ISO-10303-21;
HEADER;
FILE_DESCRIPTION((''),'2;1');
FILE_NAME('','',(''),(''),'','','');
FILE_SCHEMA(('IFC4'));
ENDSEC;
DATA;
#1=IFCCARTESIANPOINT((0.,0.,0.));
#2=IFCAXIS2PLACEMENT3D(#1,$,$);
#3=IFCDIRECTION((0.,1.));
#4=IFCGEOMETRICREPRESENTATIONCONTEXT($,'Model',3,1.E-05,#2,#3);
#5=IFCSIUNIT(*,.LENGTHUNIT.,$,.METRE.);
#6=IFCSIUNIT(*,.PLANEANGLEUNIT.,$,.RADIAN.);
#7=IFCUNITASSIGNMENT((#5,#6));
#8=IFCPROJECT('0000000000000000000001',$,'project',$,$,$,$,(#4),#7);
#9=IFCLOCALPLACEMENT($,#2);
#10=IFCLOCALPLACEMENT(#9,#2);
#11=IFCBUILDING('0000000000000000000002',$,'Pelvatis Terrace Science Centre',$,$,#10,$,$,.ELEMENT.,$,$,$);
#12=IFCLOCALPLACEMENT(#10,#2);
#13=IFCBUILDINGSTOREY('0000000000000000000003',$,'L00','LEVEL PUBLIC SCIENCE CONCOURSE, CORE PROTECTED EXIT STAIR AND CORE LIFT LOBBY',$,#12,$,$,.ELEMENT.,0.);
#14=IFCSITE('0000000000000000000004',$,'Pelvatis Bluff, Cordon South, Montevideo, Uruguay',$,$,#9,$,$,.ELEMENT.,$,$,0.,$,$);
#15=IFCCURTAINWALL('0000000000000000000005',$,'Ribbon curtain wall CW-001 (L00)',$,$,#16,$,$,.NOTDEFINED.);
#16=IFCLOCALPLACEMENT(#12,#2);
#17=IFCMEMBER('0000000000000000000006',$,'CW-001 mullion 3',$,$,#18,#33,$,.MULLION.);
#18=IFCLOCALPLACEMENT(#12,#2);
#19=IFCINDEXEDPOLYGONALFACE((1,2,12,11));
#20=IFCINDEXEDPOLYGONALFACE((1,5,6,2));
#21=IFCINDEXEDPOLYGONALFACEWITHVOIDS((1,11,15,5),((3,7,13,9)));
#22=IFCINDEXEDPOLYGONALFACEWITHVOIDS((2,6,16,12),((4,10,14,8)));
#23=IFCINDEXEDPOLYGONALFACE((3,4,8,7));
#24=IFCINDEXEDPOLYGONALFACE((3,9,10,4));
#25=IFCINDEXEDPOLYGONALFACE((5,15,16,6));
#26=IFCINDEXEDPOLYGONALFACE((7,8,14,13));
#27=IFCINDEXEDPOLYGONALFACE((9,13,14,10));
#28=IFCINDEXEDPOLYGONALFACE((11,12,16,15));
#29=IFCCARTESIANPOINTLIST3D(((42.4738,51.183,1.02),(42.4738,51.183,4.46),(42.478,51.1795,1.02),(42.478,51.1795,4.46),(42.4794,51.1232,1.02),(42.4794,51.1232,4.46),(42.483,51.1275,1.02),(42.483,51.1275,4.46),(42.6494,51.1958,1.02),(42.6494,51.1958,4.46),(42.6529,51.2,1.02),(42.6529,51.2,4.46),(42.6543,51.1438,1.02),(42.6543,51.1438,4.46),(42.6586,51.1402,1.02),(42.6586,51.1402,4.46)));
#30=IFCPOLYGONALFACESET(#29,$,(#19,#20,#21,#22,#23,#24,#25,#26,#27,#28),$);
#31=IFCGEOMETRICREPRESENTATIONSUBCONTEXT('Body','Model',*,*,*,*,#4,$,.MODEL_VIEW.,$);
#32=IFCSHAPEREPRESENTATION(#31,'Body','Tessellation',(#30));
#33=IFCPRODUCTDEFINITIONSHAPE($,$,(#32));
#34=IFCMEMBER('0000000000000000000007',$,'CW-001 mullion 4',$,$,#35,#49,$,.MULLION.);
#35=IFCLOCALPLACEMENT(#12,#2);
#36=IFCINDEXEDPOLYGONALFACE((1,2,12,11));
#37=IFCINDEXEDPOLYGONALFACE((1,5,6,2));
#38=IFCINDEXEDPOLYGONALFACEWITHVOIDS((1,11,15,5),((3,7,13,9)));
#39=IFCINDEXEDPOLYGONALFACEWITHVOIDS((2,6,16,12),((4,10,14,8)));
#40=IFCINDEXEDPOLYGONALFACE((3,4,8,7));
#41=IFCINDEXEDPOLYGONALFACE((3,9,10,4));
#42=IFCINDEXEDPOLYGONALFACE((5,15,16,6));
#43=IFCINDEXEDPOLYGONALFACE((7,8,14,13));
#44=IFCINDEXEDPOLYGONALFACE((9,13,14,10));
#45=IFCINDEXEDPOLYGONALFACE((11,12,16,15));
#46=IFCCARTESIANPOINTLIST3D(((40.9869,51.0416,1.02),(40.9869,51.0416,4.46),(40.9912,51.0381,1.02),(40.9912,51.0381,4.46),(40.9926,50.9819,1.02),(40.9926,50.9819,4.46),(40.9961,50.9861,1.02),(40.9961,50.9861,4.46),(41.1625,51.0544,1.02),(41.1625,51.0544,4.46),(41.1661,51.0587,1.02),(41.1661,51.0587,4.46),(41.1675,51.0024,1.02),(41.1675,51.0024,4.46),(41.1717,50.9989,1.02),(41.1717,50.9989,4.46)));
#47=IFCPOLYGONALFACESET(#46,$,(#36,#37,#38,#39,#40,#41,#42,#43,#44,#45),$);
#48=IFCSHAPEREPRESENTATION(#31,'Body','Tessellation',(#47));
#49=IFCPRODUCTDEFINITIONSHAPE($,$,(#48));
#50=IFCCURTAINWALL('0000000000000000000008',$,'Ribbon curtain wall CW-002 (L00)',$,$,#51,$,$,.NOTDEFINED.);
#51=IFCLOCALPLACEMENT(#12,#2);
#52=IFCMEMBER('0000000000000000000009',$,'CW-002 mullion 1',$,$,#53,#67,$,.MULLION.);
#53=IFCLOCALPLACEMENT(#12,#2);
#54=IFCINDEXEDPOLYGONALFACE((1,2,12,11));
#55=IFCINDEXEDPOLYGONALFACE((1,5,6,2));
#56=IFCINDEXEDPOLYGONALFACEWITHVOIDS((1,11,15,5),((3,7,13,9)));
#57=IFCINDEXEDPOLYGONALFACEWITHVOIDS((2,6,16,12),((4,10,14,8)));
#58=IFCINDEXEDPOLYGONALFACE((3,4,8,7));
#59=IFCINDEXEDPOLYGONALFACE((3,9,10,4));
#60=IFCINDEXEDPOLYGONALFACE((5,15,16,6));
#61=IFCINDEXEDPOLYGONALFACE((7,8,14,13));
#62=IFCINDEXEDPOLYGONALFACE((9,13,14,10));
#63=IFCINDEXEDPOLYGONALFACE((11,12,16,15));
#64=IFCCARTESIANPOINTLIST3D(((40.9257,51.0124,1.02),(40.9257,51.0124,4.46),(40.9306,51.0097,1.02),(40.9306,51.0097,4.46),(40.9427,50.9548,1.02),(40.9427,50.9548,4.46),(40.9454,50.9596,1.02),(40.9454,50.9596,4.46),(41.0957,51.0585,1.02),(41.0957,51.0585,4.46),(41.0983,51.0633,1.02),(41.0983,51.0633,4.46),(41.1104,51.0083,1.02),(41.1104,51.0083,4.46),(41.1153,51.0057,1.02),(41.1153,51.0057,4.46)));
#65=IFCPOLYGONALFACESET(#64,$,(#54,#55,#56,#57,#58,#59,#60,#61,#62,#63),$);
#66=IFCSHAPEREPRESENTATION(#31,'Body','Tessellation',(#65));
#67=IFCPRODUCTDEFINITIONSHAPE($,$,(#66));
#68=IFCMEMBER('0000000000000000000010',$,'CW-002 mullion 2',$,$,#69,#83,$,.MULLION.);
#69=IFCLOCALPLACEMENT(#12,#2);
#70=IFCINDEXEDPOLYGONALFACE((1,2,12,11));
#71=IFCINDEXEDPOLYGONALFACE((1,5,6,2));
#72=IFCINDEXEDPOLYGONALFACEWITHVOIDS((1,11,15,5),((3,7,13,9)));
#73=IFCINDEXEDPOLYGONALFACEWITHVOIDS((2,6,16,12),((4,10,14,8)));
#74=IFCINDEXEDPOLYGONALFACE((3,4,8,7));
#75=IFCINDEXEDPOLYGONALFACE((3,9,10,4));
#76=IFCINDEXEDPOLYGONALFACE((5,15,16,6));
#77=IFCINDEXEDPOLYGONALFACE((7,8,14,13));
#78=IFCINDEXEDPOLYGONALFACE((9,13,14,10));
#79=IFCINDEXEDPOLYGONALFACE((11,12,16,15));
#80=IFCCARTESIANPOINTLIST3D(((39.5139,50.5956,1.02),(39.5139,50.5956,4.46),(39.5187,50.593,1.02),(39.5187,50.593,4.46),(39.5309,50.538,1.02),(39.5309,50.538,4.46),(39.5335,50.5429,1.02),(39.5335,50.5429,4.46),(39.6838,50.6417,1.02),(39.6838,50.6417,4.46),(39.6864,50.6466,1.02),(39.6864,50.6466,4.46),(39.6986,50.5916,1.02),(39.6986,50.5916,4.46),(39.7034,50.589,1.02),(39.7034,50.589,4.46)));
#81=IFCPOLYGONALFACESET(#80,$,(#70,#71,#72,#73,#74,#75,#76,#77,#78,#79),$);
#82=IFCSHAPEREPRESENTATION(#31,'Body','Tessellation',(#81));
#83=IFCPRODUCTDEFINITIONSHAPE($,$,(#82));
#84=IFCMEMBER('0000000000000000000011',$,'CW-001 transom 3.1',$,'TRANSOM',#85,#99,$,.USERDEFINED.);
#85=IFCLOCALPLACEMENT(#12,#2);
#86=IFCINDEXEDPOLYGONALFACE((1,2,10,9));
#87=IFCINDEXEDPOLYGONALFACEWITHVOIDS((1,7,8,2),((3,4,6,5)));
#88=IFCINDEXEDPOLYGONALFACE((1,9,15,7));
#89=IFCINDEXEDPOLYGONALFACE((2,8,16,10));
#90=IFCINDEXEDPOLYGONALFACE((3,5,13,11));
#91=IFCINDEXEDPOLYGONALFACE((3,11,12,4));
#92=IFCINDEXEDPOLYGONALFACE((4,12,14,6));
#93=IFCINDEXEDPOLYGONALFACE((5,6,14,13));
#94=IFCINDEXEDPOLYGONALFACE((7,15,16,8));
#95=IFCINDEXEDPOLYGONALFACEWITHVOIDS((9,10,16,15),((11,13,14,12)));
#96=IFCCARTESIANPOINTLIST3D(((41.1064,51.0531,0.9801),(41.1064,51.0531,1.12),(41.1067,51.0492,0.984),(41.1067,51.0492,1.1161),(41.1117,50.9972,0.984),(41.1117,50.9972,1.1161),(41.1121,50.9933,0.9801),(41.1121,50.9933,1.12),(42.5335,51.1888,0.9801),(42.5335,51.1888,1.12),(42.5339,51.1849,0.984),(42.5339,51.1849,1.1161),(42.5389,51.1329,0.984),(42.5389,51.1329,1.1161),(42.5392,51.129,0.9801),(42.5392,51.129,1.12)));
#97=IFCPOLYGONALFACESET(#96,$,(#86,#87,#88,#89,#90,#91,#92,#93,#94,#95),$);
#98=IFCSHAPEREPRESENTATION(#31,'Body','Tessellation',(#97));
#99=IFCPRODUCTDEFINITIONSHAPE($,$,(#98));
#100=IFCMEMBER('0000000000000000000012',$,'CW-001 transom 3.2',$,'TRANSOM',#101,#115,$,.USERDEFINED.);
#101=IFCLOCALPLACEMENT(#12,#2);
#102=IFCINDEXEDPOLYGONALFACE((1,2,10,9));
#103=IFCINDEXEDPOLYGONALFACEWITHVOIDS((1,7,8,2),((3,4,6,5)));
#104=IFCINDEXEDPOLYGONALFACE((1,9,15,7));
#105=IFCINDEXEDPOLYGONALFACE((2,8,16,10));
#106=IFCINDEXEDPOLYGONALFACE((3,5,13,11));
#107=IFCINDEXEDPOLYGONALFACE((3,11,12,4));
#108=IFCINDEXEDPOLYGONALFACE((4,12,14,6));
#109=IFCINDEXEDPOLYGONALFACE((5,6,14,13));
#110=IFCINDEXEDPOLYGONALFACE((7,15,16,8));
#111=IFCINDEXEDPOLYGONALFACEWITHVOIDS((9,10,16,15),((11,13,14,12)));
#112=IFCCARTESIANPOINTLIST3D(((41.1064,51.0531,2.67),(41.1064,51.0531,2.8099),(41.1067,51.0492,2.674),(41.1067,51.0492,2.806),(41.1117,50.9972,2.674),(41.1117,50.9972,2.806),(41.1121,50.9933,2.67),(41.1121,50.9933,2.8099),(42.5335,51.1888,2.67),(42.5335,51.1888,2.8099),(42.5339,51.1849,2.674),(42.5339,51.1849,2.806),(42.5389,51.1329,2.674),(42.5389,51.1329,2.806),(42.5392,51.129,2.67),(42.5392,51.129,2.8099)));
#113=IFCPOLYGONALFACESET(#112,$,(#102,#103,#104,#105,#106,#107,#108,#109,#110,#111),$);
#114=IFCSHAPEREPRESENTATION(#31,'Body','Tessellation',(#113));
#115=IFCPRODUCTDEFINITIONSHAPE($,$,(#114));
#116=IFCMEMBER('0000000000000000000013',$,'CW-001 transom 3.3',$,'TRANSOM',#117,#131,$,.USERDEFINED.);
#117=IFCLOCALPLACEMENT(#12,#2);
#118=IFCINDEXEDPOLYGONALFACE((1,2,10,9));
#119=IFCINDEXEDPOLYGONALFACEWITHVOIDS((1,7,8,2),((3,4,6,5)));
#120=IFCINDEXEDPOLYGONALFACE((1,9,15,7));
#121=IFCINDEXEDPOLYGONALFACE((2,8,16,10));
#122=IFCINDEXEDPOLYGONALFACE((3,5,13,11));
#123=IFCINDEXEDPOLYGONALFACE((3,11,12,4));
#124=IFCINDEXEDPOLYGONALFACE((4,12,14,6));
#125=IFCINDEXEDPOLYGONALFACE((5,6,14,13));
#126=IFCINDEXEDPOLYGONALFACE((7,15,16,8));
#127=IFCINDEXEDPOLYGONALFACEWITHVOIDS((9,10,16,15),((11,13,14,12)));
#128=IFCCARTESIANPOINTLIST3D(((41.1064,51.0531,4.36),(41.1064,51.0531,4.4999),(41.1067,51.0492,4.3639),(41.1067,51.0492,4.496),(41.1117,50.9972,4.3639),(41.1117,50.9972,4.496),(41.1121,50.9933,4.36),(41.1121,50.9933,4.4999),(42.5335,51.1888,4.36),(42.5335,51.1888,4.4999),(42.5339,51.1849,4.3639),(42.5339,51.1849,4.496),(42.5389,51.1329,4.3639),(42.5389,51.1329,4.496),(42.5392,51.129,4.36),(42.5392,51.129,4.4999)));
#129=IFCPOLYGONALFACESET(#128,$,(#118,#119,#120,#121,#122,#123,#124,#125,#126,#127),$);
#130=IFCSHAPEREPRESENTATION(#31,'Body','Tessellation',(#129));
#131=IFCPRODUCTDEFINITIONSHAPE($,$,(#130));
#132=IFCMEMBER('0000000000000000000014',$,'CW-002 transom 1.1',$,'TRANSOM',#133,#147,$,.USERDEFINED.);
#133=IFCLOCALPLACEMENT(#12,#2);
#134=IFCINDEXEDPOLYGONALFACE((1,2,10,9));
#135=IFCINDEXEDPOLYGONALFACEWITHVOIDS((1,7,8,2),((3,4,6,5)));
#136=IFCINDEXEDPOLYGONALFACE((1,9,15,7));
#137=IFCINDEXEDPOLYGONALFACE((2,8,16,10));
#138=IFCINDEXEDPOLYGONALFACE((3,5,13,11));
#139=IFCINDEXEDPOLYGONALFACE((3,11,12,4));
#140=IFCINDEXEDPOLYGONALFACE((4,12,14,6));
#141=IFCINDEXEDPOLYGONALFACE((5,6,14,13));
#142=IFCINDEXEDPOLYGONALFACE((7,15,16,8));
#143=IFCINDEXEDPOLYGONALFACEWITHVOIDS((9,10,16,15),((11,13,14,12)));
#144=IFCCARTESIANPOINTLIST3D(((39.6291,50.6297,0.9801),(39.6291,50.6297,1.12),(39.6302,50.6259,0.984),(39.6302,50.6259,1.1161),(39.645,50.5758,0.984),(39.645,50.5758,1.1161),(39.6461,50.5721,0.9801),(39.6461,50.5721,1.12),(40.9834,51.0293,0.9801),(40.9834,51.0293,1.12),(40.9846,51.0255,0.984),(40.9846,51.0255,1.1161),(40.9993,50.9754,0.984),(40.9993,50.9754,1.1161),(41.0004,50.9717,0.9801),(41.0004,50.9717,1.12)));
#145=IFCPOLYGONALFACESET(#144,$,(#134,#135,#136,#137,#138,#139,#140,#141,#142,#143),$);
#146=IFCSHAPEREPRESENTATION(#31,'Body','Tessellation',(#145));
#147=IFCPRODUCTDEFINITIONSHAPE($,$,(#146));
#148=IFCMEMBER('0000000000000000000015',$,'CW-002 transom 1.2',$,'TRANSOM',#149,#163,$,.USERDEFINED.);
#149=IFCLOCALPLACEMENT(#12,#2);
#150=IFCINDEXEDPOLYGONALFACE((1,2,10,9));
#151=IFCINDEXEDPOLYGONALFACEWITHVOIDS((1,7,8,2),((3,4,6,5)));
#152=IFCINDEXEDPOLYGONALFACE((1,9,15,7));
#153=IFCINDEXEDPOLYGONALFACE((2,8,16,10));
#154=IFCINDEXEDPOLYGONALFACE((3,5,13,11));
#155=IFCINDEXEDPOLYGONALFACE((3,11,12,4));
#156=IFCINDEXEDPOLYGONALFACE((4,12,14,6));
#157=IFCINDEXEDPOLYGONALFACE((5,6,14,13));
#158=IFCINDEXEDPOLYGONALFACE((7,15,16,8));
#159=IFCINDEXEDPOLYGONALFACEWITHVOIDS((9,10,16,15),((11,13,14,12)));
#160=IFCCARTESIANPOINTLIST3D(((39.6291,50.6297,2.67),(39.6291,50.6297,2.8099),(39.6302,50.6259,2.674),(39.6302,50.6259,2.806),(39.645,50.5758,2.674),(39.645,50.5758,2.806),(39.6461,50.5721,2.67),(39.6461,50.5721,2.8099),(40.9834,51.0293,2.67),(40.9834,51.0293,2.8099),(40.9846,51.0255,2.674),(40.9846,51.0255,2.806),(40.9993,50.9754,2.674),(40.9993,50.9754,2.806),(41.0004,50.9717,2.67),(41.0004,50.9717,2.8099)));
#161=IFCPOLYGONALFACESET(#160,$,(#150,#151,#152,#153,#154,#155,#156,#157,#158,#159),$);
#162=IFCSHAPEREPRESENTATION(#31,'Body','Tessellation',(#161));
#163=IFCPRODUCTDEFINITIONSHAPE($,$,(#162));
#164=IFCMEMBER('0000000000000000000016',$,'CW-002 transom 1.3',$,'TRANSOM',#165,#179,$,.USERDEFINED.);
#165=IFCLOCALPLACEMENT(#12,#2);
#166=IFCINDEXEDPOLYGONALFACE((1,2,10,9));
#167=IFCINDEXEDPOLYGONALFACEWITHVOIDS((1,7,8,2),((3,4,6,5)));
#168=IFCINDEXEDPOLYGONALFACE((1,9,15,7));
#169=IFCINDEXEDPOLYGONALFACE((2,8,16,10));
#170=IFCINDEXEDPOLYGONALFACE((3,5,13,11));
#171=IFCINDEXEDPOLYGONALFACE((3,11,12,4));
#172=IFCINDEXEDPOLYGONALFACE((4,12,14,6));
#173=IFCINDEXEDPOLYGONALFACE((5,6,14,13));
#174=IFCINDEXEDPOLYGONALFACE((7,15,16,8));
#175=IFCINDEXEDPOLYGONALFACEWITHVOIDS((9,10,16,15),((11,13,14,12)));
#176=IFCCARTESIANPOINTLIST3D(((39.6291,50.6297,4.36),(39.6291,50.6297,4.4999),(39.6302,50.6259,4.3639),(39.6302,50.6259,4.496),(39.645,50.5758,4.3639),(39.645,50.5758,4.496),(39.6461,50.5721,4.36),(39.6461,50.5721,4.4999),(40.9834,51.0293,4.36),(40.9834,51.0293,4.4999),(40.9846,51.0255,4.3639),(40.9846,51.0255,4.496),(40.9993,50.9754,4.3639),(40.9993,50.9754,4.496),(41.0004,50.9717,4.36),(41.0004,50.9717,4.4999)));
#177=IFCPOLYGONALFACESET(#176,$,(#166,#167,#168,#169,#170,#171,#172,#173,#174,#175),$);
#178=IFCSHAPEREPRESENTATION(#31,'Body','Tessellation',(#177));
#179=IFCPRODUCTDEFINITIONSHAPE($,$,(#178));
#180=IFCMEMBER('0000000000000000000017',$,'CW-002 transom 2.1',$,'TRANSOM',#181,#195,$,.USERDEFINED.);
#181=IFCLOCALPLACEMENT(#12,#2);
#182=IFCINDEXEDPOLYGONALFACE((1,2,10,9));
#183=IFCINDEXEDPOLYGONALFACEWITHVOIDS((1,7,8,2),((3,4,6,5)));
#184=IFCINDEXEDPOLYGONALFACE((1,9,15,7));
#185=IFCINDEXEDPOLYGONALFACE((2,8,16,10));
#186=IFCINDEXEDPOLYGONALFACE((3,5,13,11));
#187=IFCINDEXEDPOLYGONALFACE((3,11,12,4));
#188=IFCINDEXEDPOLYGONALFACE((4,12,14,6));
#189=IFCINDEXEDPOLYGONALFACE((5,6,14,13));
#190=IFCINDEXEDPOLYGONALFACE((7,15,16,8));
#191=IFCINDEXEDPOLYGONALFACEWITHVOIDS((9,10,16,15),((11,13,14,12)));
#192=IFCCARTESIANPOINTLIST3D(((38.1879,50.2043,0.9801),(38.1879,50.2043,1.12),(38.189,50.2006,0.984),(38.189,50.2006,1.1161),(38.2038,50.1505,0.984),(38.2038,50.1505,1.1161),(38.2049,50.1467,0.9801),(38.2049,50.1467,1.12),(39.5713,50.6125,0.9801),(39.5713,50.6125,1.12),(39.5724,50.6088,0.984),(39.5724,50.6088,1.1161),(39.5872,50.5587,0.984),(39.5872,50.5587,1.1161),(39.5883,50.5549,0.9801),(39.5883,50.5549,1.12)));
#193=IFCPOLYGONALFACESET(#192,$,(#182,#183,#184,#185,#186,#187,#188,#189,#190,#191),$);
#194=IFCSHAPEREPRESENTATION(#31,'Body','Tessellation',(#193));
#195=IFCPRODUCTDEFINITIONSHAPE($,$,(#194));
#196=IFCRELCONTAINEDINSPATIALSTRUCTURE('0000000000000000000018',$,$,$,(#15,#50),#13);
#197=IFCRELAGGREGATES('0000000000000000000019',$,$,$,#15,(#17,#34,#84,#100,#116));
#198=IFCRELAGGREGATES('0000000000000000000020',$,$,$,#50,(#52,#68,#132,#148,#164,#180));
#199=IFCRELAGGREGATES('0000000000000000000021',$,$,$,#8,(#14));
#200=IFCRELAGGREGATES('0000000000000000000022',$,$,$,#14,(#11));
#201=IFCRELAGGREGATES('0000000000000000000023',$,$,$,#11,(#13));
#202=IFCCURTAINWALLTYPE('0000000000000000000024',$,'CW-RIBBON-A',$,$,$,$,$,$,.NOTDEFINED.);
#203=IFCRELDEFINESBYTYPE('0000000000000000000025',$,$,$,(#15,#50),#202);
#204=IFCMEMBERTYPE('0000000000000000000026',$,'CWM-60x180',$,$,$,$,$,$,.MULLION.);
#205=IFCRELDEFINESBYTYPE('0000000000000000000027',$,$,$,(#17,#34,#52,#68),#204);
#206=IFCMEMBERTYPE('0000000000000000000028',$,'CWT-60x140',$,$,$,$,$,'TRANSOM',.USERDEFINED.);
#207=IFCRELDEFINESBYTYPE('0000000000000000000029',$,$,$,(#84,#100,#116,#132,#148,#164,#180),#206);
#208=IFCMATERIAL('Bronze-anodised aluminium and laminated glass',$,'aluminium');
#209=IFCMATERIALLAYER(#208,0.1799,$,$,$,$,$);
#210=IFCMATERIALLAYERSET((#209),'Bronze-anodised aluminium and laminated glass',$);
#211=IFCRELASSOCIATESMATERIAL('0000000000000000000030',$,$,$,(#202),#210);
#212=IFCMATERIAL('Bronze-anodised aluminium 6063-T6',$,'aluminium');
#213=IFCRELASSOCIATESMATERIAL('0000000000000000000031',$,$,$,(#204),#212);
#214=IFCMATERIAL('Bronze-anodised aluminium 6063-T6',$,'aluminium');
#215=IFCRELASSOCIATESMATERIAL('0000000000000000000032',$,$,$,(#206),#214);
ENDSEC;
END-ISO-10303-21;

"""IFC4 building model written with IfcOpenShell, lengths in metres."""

from ifc_helpers import new_model, si_unit, direction, frame, origin, origin_2d, place, context, subcontext, project, spatial, hollow_rectangle, extrude, material, layer, layer_set, material_profile, profile_set, type_object, element, aggregate, save


model = new_model("IFC4")

# Units and contexts
model_context = context("Model", 3, precision=1e-05, world=origin(), true_north=direction((0.0, 1.0)))
body_context = subcontext(model_context, "Body", "Model", "MODEL_VIEW")
ifc_project = project(units=[si_unit("LENGTHUNIT", "METRE"), si_unit("PLANEANGLEUNIT", "RADIAN")], contexts=[model_context])

# Site, building, storey
site_placement = place(None, origin())
site = spatial("IfcSite", under=ifc_project, at=site_placement, Name="Pelvatis Bluff, Cordon South, Montevideo, Uruguay", CompositionType="ELEMENT", RefElevation=0.0)
building_placement = place(site_placement, origin())
building = spatial("IfcBuilding", under=site, at=building_placement, Name="Pelvatis Terrace Science Centre", CompositionType="ELEMENT")
storey_placement = place(building_placement, origin())
storey = spatial("IfcBuildingStorey", under=building, at=storey_placement, Name="L00", Description="LEVEL PUBLIC SCIENCE CONCOURSE, CORE PROTECTED EXIT STAIR AND CORE LIFT LOBBY", CompositionType="ELEMENT", Elevation=0.0)

# Curtain walls, members
ifc_material_1 = material(Name="Bronze-anodised aluminium and laminated glass", Category="aluminium")
ifc_layer_1 = layer(ifc_material_1, 0.1799)
ifc_layer_set_1 = layer_set([ifc_layer_1], Name="Bronze-anodised aluminium and laminated glass")
curtain_wall_type = type_object("IfcCurtainWallType", Name="CW-RIBBON-A", PredefinedType="NOTDEFINED", material=ifc_layer_set_1)
curtain_wall_1_placement = place(storey_placement, origin())
curtain_wall_1 = element("IfcCurtainWall", 1, at=curtain_wall_1_placement, inside=storey, type_object=curtain_wall_type, Name="Ribbon curtain wall CW-001 (L00)", PredefinedType="NOTDEFINED")
ifc_material_2 = material(Name="Bronze-anodised aluminium 6063-T6", Category="aluminium")
ifc_material_profile_1 = material_profile(ifc_material_2, hollow_rectangle(XDim=0.0601, YDim=0.1799, WallThickness=0.0039, at=origin_2d()), Name="ALU-MUL 60x180")
ifc_profile_set_1 = profile_set([ifc_material_profile_1], Name="Bronze-anodised aluminium 6063-T6")
member_type_1 = type_object("IfcMemberType", Name="CWM-60x180", PredefinedType="MULLION", material=ifc_profile_set_1)
member_1_placement = place(storey_placement, frame((42.5662, 51.1616, 1.02), z_axis=(0.0, 0.0, 1.0), x_axis=(0.094616, -0.995514, 0.0)))
member_1 = element("IfcMember", 2, at=member_1_placement, type_object=member_type_1, Name="CW-001 mullion 3", PredefinedType="MULLION", context=body_context, shape_type="SweptSolid", body=[
    extrude(hollow_rectangle(XDim=0.0601, YDim=0.1799, WallThickness=0.0039, at=origin_2d()), origin(), (0.0, 0.0, 1.0), 3.4399),
])
member_2_placement = place(storey_placement, frame((41.0793, 51.0203, 1.02), z_axis=(0.0, 0.0, 1.0), x_axis=(0.094616, -0.995514, 0.0)))
member_2 = element("IfcMember", 3, at=member_2_placement, type_object=member_type_1, Name="CW-001 mullion 4", PredefinedType="MULLION", context=body_context, shape_type="SweptSolid", body=[
    extrude(hollow_rectangle(XDim=0.0601, YDim=0.1799, WallThickness=0.0039, at=origin_2d()), origin(), (0.0, 0.0, 1.0), 3.4399),
])
curtain_wall_2_placement = place(storey_placement, origin())
curtain_wall_2 = element("IfcCurtainWall", 4, at=curtain_wall_2_placement, inside=storey, type_object=curtain_wall_type, Name="Ribbon curtain wall CW-002 (L00)", PredefinedType="NOTDEFINED")
member_3_placement = place(storey_placement, frame((41.0205, 51.009, 1.02), z_axis=(0.0, 0.0, 1.0), x_axis=(0.283092, -0.959093, 0.0)))
member_3 = element("IfcMember", 5, at=member_3_placement, type_object=member_type_1, Name="CW-002 mullion 1", PredefinedType="MULLION", context=body_context, shape_type="SweptSolid", body=[
    extrude(hollow_rectangle(XDim=0.0601, YDim=0.1799, WallThickness=0.0039, at=origin_2d()), origin(), (0.0, 0.0, 1.0), 3.4399),
])
member_4_placement = place(storey_placement, frame((39.6086, 50.5923, 1.02), z_axis=(0.0, 0.0, 1.0), x_axis=(0.283092, -0.959093, 0.0)))
member_4 = element("IfcMember", 6, at=member_4_placement, type_object=member_type_1, Name="CW-002 mullion 2", PredefinedType="MULLION", context=body_context, shape_type="SweptSolid", body=[
    extrude(hollow_rectangle(XDim=0.0601, YDim=0.1799, WallThickness=0.0039, at=origin_2d()), origin(), (0.0, 0.0, 1.0), 3.4399),
])

# Members
ifc_material_3 = material(Name="Bronze-anodised aluminium 6063-T6", Category="aluminium")
ifc_material_profile_2 = material_profile(ifc_material_3, hollow_rectangle(XDim=0.0601, YDim=0.1399, WallThickness=0.0039, at=origin_2d()), Name="ALU-TRN 60x140")
ifc_profile_set_2 = profile_set([ifc_material_profile_2], Name="Bronze-anodised aluminium 6063-T6")
member_type_2 = type_object("IfcMemberType", Name="CWT-60x140", ElementType="TRANSOM", PredefinedType="USERDEFINED", material=ifc_profile_set_2)
member_5_placement = place(storey_placement, frame((42.5364, 51.1589, 1.05), z_axis=(-0.995508, -0.094681, 0.0), x_axis=(0.094681, -0.995508, 0.0)))
member_5 = element("IfcMember", 7, at=member_5_placement, type_object=member_type_2, Name="CW-001 transom 3.1", ObjectType="TRANSOM", PredefinedType="USERDEFINED", context=body_context, shape_type="SweptSolid", body=[
    extrude(hollow_rectangle(XDim=0.0601, YDim=0.1399, WallThickness=0.0039, at=origin_2d()), origin(), (0.0, 0.0, 1.0), 1.4336),
])
member_6_placement = place(storey_placement, frame((42.5364, 51.1589, 2.74), z_axis=(-0.995508, -0.094681, 0.0), x_axis=(0.094681, -0.995508, 0.0)))
member_6 = element("IfcMember", 8, at=member_6_placement, type_object=member_type_2, Name="CW-001 transom 3.2", ObjectType="TRANSOM", PredefinedType="USERDEFINED", context=body_context, shape_type="SweptSolid", body=[
    extrude(hollow_rectangle(XDim=0.0601, YDim=0.1399, WallThickness=0.0039, at=origin_2d()), origin(), (0.0, 0.0, 1.0), 1.4336),
])
member_7_placement = place(storey_placement, frame((42.5364, 51.1589, 4.4299), z_axis=(-0.995508, -0.094681, 0.0), x_axis=(0.094681, -0.995508, 0.0)))
member_7 = element("IfcMember", 9, at=member_7_placement, type_object=member_type_2, Name="CW-001 transom 3.3", ObjectType="TRANSOM", PredefinedType="USERDEFINED", context=body_context, shape_type="SweptSolid", body=[
    extrude(hollow_rectangle(XDim=0.0601, YDim=0.1399, WallThickness=0.0039, at=origin_2d()), origin(), (0.0, 0.0, 1.0), 1.4336),
])
member_8_placement = place(storey_placement, frame((40.9919, 51.0005, 1.05), z_axis=(-0.95912, -0.282999, 0.0), x_axis=(0.282999, -0.95912, 0.0)))
member_8 = element("IfcMember", 10, at=member_8_placement, type_object=member_type_2, Name="CW-002 transom 1.1", ObjectType="TRANSOM", PredefinedType="USERDEFINED", context=body_context, shape_type="SweptSolid", body=[
    extrude(hollow_rectangle(XDim=0.0601, YDim=0.1399, WallThickness=0.0039, at=origin_2d()), origin(), (0.0, 0.0, 1.0), 1.4121),
])
member_9_placement = place(storey_placement, frame((40.9919, 51.0005, 2.74), z_axis=(-0.95912, -0.282999, 0.0), x_axis=(0.282999, -0.95912, 0.0)))
member_9 = element("IfcMember", 11, at=member_9_placement, type_object=member_type_2, Name="CW-002 transom 1.2", ObjectType="TRANSOM", PredefinedType="USERDEFINED", context=body_context, shape_type="SweptSolid", body=[
    extrude(hollow_rectangle(XDim=0.0601, YDim=0.1399, WallThickness=0.0039, at=origin_2d()), origin(), (0.0, 0.0, 1.0), 1.4121),
])
member_10_placement = place(storey_placement, frame((40.9919, 51.0005, 4.4299), z_axis=(-0.95912, -0.282999, 0.0), x_axis=(0.282999, -0.95912, 0.0)))
member_10 = element("IfcMember", 12, at=member_10_placement, type_object=member_type_2, Name="CW-002 transom 1.3", ObjectType="TRANSOM", PredefinedType="USERDEFINED", context=body_context, shape_type="SweptSolid", body=[
    extrude(hollow_rectangle(XDim=0.0601, YDim=0.1399, WallThickness=0.0039, at=origin_2d()), origin(), (0.0, 0.0, 1.0), 1.4121),
])
member_11_placement = place(storey_placement, frame((39.5798, 50.5837, 1.05), z_axis=(-0.959112, -0.283028, 0.0), x_axis=(0.283028, -0.959112, 0.0)))
member_11 = element("IfcMember", 13, at=member_11_placement, type_object=member_type_2, Name="CW-002 transom 2.1", ObjectType="TRANSOM", PredefinedType="USERDEFINED", context=body_context, shape_type="SweptSolid", body=[
    extrude(hollow_rectangle(XDim=0.0601, YDim=0.1399, WallThickness=0.0039, at=origin_2d()), origin(), (0.0, 0.0, 1.0), 1.4424),
])

aggregate(curtain_wall_1, [member_1, member_2, member_5, member_6, member_7])
aggregate(curtain_wall_2, [member_3, member_4, member_8, member_9, member_10, member_11])

save(model, "model.ifc")
